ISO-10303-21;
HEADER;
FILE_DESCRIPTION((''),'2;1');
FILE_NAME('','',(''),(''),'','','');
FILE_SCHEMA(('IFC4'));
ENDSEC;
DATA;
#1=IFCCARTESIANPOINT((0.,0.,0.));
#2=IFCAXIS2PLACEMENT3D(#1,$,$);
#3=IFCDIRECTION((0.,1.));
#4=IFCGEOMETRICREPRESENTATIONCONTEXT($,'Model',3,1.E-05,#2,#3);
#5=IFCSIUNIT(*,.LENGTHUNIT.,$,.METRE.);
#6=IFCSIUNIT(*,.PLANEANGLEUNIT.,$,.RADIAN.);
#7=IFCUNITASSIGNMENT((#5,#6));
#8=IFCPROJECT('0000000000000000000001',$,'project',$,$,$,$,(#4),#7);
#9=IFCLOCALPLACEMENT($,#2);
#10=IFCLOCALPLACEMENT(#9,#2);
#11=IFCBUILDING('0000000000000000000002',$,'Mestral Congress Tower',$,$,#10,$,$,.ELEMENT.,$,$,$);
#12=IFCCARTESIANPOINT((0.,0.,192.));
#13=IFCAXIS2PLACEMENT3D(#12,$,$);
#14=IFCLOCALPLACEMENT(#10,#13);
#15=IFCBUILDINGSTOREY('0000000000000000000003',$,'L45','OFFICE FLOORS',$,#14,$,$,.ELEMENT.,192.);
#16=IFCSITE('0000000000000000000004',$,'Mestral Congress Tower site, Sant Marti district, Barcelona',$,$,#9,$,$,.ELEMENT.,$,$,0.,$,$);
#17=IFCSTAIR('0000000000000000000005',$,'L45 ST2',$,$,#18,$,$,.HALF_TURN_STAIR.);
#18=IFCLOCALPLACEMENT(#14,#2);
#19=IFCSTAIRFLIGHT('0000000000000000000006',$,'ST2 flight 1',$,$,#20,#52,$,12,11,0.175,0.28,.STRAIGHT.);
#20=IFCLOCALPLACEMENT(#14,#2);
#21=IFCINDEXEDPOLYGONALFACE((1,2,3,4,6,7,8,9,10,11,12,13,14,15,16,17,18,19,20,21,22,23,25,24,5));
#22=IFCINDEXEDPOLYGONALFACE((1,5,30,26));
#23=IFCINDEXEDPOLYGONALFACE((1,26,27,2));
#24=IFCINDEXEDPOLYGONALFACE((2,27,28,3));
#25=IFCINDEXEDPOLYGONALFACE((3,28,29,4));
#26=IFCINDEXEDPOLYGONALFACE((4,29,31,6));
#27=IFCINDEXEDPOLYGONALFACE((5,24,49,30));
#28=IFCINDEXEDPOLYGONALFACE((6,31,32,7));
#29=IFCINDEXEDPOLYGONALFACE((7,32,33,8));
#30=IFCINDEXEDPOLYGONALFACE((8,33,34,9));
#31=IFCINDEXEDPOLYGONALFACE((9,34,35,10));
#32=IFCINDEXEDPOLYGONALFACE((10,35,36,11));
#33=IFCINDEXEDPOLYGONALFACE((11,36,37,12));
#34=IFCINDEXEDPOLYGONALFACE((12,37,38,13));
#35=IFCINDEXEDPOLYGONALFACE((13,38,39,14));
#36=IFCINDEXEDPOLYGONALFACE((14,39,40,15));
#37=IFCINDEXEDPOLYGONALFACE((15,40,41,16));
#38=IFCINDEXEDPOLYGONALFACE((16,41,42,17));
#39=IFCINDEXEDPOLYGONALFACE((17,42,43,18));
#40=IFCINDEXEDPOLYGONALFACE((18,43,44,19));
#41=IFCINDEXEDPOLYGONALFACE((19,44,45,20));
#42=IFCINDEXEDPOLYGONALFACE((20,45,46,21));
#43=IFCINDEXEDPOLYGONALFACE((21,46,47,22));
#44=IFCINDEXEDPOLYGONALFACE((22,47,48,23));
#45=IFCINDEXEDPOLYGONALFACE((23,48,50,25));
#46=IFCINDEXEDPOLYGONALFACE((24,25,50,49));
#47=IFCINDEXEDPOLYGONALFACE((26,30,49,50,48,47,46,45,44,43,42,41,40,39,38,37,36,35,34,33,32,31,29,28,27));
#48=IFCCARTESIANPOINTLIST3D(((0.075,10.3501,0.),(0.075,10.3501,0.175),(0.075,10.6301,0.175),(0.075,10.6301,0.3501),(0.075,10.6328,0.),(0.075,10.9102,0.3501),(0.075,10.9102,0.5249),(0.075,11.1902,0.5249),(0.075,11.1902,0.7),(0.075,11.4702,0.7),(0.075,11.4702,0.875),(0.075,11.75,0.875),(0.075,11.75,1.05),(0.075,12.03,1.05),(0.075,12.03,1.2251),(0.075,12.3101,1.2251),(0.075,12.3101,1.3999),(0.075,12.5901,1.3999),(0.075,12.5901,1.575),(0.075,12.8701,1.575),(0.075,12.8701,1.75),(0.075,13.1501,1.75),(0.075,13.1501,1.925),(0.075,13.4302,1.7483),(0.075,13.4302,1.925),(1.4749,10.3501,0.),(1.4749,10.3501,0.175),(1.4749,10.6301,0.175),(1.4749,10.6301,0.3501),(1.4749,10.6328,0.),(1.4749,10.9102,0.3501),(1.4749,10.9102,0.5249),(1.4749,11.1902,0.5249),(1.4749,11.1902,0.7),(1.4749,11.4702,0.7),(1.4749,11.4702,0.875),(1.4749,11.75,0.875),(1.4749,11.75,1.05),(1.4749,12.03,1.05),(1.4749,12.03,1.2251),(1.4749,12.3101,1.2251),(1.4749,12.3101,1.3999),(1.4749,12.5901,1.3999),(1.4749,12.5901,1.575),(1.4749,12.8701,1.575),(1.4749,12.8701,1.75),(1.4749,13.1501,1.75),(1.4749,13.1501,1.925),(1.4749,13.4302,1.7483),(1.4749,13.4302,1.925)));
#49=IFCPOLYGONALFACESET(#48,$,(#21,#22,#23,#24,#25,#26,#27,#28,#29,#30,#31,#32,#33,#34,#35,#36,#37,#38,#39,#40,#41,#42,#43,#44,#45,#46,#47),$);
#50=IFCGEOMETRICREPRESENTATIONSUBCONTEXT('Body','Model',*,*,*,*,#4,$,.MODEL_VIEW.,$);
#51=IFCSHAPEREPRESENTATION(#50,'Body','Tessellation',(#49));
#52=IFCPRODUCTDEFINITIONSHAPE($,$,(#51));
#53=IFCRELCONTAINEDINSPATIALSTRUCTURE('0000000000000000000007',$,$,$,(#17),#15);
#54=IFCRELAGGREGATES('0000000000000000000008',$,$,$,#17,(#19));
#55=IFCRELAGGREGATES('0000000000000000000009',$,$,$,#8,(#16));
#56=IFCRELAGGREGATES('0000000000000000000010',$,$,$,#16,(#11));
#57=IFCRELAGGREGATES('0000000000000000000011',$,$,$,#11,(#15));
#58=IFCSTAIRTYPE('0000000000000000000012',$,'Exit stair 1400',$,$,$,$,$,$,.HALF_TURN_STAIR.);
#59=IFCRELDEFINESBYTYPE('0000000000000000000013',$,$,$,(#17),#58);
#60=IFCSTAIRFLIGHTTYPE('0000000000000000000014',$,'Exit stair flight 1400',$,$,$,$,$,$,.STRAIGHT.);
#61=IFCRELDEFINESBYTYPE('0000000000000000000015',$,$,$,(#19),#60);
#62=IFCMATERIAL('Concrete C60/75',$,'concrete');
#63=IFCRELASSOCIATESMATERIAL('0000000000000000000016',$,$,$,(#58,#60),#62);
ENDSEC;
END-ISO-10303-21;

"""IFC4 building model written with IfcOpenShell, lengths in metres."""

from ifc_helpers import new_model, si_unit, direction, frame, origin, place, context, subcontext, project, spatial, polyline, outline, extrude, material, type_object, element, aggregate, save


model = new_model("IFC4")

# Units and contexts
model_context = context("Model", 3, precision=1e-05, world=origin(), true_north=direction((0.0, 1.0)))
body_context = subcontext(model_context, "Body", "Model", "MODEL_VIEW")
ifc_project = project(units=[si_unit("LENGTHUNIT", "METRE"), si_unit("PLANEANGLEUNIT", "RADIAN")], contexts=[model_context])

# Site, building, storey
site_placement = place(None, origin())
site = spatial("IfcSite", under=ifc_project, at=site_placement, Name="Mestral Congress Tower site, Sant Marti district, Barcelona", CompositionType="ELEMENT", RefElevation=0.0)
building_placement = place(site_placement, origin())
building = spatial("IfcBuilding", under=site, at=building_placement, Name="Mestral Congress Tower", CompositionType="ELEMENT")
storey_placement = place(building_placement, frame((0.0, 0.0, 192.0)))
storey = spatial("IfcBuildingStorey", under=building, at=storey_placement, Name="L45", Description="OFFICE FLOORS", CompositionType="ELEMENT", Elevation=192.0)

# Shared definitions
ifc_material_1 = material(Name="Concrete C60/75", Category="concrete")

# Stair, stair flight
stair_type = type_object("IfcStairType", Name="Exit stair 1400", PredefinedType="HALF_TURN_STAIR", material=ifc_material_1)
stair_placement = place(storey_placement, origin())
stair = element("IfcStair", 1, at=stair_placement, inside=storey, type_object=stair_type, Name="L45 ST2", PredefinedType="HALF_TURN_STAIR")
stair_flight_type = type_object("IfcStairFlightType", Name="Exit stair flight 1400", PredefinedType="STRAIGHT", material=ifc_material_1)
stair_flight_placement = place(storey_placement, frame((0.7749, 10.3501, 0.0), z_axis=(0.0, 0.0, 1.0), x_axis=(0.0, 1.0, 0.0)))
stair_flight = element("IfcStairFlight", 2, at=stair_flight_placement, type_object=stair_flight_type, Name="ST2 flight 1", NumberOfRisers=12, NumberOfTreads=11, PredefinedType="STRAIGHT", RiserHeight=0.175, TreadLength=0.28, context=body_context, shape_type="SweptSolid", body=[
    extrude(outline(polyline([(0.0, 0.0), (0.0, 0.175), (0.28, 0.175), (0.28, 0.3501), (0.5601, 0.3501), (0.5601, 0.5249), (0.8401, 0.5249), (0.8401, 0.7), (1.1201, 0.7), (1.1201, 0.875), (1.3999, 0.875), (1.3999, 1.05), (1.6799, 1.05), (1.6799, 1.2251), (1.96, 1.2251), (1.96, 1.3999), (2.24, 1.3999), (2.24, 1.575), (2.52, 1.575), (2.52, 1.75), (2.8, 1.75), (2.8, 1.925), (3.0801, 1.925), (3.0801, 2.1001), (3.0801, 1.7483), (0.2827, 0.0), (0.0, 0.0)])), frame((0.0, 0.7, 0.0), z_axis=(0.0, -1.0, 0.0), x_axis=(1.0, 0.0, 0.0)), (0.0, 0.0, 1.0), 1.3999),
])
aggregate(stair, [stair_flight])

save(model, "model.ifc")
